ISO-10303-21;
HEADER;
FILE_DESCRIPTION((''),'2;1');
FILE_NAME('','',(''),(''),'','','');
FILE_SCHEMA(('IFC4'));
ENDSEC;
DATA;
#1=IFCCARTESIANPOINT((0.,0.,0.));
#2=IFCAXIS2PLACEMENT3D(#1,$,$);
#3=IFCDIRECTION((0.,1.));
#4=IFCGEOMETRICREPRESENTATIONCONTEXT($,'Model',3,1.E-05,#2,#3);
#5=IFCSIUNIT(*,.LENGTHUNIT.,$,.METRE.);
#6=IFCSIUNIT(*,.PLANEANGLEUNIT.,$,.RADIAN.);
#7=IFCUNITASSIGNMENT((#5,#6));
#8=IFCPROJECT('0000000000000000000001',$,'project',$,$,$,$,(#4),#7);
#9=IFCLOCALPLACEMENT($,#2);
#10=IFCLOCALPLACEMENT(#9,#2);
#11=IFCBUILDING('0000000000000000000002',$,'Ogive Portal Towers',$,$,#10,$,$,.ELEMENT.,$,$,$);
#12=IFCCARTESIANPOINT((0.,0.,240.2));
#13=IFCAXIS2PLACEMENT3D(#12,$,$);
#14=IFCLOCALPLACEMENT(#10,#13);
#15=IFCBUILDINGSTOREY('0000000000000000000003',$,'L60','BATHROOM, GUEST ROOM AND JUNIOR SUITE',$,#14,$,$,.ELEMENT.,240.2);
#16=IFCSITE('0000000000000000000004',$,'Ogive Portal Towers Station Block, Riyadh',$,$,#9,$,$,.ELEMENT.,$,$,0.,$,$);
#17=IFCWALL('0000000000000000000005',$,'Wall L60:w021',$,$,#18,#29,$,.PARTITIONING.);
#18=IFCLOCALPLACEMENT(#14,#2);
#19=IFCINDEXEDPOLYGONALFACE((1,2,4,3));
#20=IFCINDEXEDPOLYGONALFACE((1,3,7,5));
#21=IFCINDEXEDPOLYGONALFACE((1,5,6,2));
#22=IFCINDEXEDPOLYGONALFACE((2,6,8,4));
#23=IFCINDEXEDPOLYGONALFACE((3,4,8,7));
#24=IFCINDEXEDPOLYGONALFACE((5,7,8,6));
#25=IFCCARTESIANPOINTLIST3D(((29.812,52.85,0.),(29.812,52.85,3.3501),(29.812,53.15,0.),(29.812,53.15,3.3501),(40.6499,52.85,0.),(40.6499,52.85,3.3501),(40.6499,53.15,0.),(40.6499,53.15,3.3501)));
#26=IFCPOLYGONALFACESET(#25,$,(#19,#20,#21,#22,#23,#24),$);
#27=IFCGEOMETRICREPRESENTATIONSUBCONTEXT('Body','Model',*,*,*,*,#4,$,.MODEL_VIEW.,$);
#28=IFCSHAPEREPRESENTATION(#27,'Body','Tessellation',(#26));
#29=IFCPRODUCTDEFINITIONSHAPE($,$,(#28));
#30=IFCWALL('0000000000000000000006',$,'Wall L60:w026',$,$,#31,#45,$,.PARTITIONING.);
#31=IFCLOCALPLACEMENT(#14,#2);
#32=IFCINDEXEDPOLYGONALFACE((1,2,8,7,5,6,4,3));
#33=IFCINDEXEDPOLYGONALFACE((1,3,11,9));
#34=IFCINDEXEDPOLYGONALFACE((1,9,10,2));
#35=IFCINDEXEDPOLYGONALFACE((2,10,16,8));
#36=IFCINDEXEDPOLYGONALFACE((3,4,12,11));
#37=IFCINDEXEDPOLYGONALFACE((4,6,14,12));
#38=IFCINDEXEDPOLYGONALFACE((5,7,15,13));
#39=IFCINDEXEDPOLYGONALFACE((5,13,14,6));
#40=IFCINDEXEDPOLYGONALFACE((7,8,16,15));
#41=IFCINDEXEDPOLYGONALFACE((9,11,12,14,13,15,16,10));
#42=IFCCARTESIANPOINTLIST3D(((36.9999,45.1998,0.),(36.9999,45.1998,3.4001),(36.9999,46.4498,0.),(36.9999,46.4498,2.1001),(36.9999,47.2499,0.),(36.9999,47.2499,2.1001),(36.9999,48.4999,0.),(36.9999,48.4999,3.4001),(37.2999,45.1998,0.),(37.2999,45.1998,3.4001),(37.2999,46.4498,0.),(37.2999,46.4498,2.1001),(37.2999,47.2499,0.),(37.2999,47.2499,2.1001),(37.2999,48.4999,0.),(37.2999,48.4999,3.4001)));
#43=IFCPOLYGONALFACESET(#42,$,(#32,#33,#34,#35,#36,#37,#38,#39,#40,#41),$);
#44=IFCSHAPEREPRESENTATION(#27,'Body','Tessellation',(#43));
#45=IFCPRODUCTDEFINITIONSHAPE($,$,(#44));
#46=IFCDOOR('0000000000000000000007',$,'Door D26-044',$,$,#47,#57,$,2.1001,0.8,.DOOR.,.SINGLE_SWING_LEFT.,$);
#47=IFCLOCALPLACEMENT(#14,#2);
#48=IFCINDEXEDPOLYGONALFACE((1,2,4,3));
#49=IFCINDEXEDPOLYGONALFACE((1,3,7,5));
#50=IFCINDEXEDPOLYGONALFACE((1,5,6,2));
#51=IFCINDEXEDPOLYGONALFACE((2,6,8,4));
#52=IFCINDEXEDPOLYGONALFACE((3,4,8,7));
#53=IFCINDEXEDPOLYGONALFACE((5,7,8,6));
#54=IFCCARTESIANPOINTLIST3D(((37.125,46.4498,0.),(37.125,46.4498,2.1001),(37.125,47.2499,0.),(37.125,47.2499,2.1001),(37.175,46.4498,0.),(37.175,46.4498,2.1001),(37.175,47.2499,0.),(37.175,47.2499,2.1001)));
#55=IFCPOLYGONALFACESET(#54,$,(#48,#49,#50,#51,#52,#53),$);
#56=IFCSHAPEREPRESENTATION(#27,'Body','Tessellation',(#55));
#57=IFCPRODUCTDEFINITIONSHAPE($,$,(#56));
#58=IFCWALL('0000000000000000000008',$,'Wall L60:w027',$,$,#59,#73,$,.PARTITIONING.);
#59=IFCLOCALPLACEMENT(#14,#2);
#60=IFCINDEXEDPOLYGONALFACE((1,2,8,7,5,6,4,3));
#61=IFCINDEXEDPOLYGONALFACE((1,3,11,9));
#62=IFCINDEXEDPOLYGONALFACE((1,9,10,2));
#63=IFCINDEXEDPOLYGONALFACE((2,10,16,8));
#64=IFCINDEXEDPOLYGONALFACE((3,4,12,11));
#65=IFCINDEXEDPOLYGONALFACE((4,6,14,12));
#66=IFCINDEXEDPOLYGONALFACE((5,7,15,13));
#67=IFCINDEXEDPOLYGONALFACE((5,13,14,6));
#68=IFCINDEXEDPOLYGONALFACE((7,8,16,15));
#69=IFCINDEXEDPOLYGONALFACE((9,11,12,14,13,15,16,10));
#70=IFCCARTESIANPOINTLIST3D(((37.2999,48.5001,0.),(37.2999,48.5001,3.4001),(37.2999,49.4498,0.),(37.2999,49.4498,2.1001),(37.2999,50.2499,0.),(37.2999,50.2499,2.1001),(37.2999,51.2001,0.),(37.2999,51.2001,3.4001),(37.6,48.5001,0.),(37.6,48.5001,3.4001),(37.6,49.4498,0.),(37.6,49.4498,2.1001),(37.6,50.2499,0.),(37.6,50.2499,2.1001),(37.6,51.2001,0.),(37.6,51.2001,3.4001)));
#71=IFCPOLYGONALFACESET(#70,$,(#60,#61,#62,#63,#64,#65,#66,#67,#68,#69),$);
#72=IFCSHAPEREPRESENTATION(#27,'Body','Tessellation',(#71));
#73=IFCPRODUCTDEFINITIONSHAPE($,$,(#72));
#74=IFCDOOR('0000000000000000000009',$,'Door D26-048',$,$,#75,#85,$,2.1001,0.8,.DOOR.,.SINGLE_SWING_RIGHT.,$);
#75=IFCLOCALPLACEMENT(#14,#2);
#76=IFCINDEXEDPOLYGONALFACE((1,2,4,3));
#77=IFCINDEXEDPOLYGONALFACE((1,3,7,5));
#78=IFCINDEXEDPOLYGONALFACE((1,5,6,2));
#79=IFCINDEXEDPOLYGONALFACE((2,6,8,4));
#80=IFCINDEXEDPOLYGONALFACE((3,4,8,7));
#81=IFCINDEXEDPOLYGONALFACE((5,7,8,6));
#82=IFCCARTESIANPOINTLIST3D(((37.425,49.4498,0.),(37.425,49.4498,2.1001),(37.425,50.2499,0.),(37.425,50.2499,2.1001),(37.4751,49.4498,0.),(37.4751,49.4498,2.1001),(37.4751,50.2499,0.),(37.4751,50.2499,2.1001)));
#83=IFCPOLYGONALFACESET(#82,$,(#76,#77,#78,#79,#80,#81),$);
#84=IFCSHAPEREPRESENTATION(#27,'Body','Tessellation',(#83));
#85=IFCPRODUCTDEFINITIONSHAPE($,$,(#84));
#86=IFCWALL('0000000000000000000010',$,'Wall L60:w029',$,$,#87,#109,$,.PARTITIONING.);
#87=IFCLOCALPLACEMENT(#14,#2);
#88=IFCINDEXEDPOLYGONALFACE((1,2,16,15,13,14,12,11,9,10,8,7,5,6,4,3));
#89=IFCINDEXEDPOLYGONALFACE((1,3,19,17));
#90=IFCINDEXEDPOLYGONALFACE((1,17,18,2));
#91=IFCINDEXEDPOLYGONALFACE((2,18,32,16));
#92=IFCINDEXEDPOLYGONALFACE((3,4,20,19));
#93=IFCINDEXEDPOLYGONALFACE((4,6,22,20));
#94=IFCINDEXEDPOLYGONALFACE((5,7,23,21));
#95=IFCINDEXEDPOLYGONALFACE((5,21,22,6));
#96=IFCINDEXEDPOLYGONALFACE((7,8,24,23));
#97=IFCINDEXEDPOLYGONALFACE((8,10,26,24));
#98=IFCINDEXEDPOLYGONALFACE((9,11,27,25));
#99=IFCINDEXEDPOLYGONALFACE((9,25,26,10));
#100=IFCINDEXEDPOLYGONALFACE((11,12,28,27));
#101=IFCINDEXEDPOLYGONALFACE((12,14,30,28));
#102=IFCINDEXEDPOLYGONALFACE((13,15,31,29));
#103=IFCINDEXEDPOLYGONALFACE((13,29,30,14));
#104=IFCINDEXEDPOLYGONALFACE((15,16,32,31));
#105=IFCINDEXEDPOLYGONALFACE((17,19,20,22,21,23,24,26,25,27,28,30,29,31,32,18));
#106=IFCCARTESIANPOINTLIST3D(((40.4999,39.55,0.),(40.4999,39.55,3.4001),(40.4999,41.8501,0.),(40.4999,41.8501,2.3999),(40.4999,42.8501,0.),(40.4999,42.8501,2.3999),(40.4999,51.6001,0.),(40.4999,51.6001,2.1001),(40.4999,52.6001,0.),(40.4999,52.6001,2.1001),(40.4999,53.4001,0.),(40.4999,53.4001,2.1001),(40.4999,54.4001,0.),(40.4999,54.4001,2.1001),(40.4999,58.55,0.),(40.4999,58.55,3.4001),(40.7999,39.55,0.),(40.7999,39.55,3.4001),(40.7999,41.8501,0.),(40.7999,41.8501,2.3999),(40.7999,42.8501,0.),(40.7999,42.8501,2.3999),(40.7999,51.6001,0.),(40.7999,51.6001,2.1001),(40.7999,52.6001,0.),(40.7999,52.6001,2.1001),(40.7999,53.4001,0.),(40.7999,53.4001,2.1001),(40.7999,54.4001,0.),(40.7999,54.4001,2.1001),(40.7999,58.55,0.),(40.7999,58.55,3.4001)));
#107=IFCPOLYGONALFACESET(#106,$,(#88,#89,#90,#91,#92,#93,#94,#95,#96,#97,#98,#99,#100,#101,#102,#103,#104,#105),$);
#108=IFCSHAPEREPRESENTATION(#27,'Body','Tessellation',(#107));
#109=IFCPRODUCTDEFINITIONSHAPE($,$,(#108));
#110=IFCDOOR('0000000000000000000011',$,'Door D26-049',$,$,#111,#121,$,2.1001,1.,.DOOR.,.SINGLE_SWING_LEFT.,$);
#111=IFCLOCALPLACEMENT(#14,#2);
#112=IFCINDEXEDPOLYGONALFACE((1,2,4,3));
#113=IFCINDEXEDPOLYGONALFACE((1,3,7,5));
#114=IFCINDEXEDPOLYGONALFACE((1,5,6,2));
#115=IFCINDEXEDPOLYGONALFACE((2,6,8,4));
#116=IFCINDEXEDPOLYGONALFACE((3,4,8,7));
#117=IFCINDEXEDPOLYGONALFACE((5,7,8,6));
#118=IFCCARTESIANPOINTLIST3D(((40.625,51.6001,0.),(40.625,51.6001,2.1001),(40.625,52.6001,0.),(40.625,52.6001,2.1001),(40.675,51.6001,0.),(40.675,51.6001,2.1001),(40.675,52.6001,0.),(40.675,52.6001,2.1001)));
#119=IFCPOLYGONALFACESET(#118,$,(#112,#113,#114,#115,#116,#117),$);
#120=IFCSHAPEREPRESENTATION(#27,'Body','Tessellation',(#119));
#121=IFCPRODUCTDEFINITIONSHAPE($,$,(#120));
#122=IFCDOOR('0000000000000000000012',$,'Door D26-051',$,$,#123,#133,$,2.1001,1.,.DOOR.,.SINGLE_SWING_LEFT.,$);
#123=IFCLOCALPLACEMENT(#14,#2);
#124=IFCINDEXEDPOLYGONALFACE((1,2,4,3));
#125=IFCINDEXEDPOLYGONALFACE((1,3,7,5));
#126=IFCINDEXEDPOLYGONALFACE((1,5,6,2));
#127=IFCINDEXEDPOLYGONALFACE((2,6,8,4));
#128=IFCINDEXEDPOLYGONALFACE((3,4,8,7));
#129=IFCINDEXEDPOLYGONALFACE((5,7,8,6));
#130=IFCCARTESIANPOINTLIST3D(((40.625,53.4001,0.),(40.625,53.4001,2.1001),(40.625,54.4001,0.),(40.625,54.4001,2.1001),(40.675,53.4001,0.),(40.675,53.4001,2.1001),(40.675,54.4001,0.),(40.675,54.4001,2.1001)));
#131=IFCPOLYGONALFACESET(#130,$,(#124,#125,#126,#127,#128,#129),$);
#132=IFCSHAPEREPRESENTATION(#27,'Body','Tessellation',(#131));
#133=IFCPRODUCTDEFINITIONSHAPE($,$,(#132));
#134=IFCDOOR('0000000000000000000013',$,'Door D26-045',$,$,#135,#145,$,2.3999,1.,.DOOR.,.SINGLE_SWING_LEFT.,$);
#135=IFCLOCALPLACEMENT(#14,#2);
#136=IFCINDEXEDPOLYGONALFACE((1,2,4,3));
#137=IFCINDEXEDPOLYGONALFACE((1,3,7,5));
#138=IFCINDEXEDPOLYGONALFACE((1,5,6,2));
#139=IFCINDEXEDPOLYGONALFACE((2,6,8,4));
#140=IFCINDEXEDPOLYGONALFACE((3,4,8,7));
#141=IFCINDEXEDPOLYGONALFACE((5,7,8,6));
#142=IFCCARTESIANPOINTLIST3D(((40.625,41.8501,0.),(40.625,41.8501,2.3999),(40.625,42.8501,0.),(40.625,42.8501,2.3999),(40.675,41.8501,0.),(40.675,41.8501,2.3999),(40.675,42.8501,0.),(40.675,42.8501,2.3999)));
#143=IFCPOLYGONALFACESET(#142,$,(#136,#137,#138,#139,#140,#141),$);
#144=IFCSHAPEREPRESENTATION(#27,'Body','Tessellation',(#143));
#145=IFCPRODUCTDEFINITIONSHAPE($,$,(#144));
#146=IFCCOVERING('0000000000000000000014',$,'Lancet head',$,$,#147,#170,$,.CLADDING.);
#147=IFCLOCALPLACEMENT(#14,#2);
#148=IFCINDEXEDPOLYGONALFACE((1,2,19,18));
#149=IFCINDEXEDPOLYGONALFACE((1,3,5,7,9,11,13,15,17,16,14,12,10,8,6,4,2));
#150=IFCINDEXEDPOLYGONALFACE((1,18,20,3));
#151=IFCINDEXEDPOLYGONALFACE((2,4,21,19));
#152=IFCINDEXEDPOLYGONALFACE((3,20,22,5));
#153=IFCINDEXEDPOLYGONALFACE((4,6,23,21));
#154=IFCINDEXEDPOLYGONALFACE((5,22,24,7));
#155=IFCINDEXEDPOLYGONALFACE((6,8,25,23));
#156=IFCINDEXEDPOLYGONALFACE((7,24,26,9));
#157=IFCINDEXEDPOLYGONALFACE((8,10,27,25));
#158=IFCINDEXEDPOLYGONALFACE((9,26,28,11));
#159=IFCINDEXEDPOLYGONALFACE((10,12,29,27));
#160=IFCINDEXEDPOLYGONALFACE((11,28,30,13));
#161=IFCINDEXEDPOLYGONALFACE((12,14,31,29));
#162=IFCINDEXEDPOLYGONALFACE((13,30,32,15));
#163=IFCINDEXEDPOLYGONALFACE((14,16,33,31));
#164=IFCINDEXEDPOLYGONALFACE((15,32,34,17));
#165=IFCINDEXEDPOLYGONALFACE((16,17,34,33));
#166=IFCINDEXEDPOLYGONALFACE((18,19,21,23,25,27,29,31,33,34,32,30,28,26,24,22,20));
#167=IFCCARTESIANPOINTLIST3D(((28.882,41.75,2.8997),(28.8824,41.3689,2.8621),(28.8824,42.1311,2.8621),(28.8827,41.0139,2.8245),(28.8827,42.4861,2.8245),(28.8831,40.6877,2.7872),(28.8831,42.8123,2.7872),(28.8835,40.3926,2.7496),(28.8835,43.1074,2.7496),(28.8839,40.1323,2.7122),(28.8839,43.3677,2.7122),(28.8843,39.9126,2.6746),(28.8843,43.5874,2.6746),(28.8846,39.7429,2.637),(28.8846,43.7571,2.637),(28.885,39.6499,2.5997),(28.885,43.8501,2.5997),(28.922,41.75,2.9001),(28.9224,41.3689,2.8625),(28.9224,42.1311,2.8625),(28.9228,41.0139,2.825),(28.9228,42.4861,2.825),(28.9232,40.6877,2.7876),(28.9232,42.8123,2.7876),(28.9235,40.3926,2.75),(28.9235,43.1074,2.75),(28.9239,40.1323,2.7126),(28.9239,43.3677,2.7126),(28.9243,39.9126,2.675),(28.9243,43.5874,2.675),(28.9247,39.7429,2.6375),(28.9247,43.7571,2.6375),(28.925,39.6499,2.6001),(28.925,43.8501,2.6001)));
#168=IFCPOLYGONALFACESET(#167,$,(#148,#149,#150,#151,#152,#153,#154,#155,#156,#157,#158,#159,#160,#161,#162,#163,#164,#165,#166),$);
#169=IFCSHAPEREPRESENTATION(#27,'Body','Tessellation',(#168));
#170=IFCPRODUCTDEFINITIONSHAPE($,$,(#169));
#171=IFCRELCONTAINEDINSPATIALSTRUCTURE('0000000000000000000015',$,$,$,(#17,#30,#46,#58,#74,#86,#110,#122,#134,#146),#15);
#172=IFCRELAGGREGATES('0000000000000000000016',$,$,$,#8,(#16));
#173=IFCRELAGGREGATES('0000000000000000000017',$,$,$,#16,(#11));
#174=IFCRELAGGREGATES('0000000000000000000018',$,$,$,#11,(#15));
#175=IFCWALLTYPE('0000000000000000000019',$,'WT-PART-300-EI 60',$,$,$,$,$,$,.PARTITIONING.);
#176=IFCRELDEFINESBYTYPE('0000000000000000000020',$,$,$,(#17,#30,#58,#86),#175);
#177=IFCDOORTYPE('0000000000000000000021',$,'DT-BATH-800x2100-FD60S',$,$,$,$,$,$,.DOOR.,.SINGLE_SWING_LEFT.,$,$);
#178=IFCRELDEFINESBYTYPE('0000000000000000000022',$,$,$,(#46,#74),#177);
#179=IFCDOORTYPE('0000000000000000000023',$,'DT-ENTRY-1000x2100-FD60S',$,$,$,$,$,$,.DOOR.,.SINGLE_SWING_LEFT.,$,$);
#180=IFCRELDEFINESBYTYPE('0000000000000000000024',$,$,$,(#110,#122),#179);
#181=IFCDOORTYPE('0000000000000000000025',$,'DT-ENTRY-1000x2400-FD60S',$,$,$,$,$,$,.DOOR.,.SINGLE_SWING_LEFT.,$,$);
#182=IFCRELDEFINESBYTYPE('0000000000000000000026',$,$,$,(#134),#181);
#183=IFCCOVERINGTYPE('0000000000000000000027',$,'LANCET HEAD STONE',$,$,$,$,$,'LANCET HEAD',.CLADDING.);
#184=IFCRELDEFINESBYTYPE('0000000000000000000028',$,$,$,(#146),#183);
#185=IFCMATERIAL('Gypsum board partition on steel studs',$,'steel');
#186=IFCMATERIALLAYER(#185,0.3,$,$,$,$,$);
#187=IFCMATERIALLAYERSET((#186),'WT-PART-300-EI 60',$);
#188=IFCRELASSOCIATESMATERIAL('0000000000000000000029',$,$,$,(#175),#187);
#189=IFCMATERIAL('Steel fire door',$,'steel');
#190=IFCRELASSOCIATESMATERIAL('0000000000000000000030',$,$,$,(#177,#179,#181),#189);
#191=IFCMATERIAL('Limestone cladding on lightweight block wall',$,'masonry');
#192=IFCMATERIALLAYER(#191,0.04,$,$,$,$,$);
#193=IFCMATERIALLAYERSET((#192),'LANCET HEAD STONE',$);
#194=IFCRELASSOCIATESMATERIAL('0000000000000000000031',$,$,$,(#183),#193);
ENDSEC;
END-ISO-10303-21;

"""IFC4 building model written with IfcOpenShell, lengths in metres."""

from ifc_helpers import new_model, si_unit, direction, frame, frame_2d, origin, place, context, subcontext, project, spatial, polyline, rectangle, outline, extrude, material, layer, layer_set, type_object, element, fill, save


model = new_model("IFC4")

# Units and contexts
model_context = context("Model", 3, precision=1e-05, world=origin(), true_north=direction((0.0, 1.0)))
body_context = subcontext(model_context, "Body", "Model", "MODEL_VIEW")
ifc_project = project(units=[si_unit("LENGTHUNIT", "METRE"), si_unit("PLANEANGLEUNIT", "RADIAN")], contexts=[model_context])

# Site, building, storey
site_placement = place(None, origin())
site = spatial("IfcSite", under=ifc_project, at=site_placement, Name="Ogive Portal Towers Station Block, Riyadh", CompositionType="ELEMENT", RefElevation=0.0)
building_placement = place(site_placement, origin())
building = spatial("IfcBuilding", under=site, at=building_placement, Name="Ogive Portal Towers", CompositionType="ELEMENT")
storey_placement = place(building_placement, frame((0.0, 0.0, 240.2)))
storey = spatial("IfcBuildingStorey", under=building, at=storey_placement, Name="L60", Description="BATHROOM, GUEST ROOM AND JUNIOR SUITE", CompositionType="ELEMENT", Elevation=240.2)

# Shared definitions
ifc_material_1 = material(Name="Limestone cladding on lightweight block wall", Category="masonry")

# Wall
ifc_material_2 = material(Name="Gypsum board partition on steel studs", Category="steel")
ifc_layer_1 = layer(ifc_material_2, 0.3)
ifc_layer_set_1 = layer_set([ifc_layer_1], Name="WT-PART-300-EI 60")
wall_type_1 = type_object("IfcWallType", Name="WT-PART-300-EI 60", PredefinedType="PARTITIONING", material=ifc_layer_set_1)
wall_1_placement = place(storey_placement, frame((29.812, 53.0, 0.0), z_axis=(0.0, 0.0, 1.0), x_axis=(1.0, 0.0, 0.0)))
element("IfcWall", 1, at=wall_1_placement, inside=storey, type_object=wall_type_1, Name="Wall L60:w021", PredefinedType="PARTITIONING", context=body_context, shape_type="SweptSolid", body=[
    extrude(rectangle(XDim=10.8379, YDim=0.3, at=frame_2d((5.4189, 0.0))), origin(), (0.0, 0.0, 1.0), 3.3501),
])

# Walls, openings, doors
wall_2_placement = place(storey_placement, frame((37.1499, 45.2, 0.0), z_axis=(0.0, 0.0, 1.0), x_axis=(0.0, 1.0, 0.0)))
wall_2 = element("IfcWall", 2, at=wall_2_placement, inside=storey, type_object=wall_type_1, Name="Wall L60:w026", PredefinedType="PARTITIONING", context=body_context, shape_type="SweptSolid", body=[
    extrude(rectangle(XDim=3.3, YDim=0.3, at=frame_2d((1.6499, 0.0))), origin(), (0.0, 0.0, 1.0), 3.4001),
])
opening_1_placement = place(wall_2_placement, frame((1.25, 0.0, 0.0)))
opening_1 = element("IfcOpeningElement", 3, at=opening_1_placement, cuts=wall_2, PredefinedType="OPENING", context=body_context, shape_type="SweptSolid", body=[
    extrude(rectangle(XDim=0.8, YDim=2.1001, at=frame_2d((0.3999, 1.05))), frame((0.0, 0.1602, 0.0), z_axis=(0.0, -1.0, 0.0), x_axis=(1.0, 0.0, 0.0)), (0.0, 0.0, 1.0), 0.3201),
])
ifc_material_3 = material(Name="Steel fire door", Category="steel")
door_type_1 = type_object("IfcDoorType", Name="DT-BATH-800x2100-FD60S", OperationType="SINGLE_SWING_LEFT", PredefinedType="DOOR", material=ifc_material_3)
door_1_placement = place(opening_1_placement, origin())
door_1 = element("IfcDoor", 4, at=door_1_placement, inside=storey, type_object=door_type_1, Name="Door D26-044", OperationType="SINGLE_SWING_LEFT", OverallHeight=2.1001, OverallWidth=0.8, PredefinedType="DOOR", context=body_context, shape_type="SweptSolid", body=[
    extrude(rectangle(XDim=0.8, YDim=2.1001, at=frame_2d((0.3999, 1.05))), frame((0.0, 0.0249, 0.0), z_axis=(0.0, -1.0, 0.0), x_axis=(1.0, 0.0, 0.0)), (0.0, 0.0, 1.0), 0.05),
])
fill(opening_1, door_1)
wall_3_placement = place(storey_placement, frame((37.45, 48.5, 0.0), z_axis=(0.0, 0.0, 1.0), x_axis=(0.0, 1.0, 0.0)))
wall_3 = element("IfcWall", 5, at=wall_3_placement, inside=storey, type_object=wall_type_1, Name="Wall L60:w027", PredefinedType="PARTITIONING", context=body_context, shape_type="SweptSolid", body=[
    extrude(rectangle(XDim=2.7, YDim=0.3, at=frame_2d((1.3501, 0.0))), origin(), (0.0, 0.0, 1.0), 3.4001),
])
opening_2_placement = place(wall_3_placement, frame((0.95, 0.0, 0.0)))
opening_2 = element("IfcOpeningElement", 6, at=opening_2_placement, cuts=wall_3, PredefinedType="OPENING", context=body_context, shape_type="SweptSolid", body=[
    extrude(rectangle(XDim=0.8, YDim=2.1001, at=frame_2d((0.3999, 1.05))), frame((0.0, 0.1602, 0.0), z_axis=(0.0, -1.0, 0.0), x_axis=(1.0, 0.0, 0.0)), (0.0, 0.0, 1.0), 0.3201),
])
door_2_placement = place(opening_2_placement, origin())
door_2 = element("IfcDoor", 7, at=door_2_placement, inside=storey, type_object=door_type_1, Name="Door D26-048", OperationType="SINGLE_SWING_RIGHT", OverallHeight=2.1001, OverallWidth=0.8, PredefinedType="DOOR", context=body_context, shape_type="SweptSolid", body=[
    extrude(rectangle(XDim=0.8, YDim=2.1001, at=frame_2d((0.3999, 1.05))), frame((0.0, 0.0249, 0.0), z_axis=(0.0, -1.0, 0.0), x_axis=(1.0, 0.0, 0.0)), (0.0, 0.0, 1.0), 0.05),
])
fill(opening_2, door_2)

# Wall, openings, doors
wall_4_placement = place(storey_placement, frame((40.6499, 39.55, 0.0), z_axis=(0.0, 0.0, 1.0), x_axis=(0.0, 1.0, 0.0)))
wall_4 = element("IfcWall", 8, at=wall_4_placement, inside=storey, type_object=wall_type_1, Name="Wall L60:w029", PredefinedType="PARTITIONING", context=body_context, shape_type="SweptSolid", body=[
    extrude(rectangle(XDim=19.0, YDim=0.3, at=frame_2d((9.5, 0.0))), origin(), (0.0, 0.0, 1.0), 3.4001),
])
opening_3_placement = place(wall_4_placement, frame((2.3, 0.0, 0.0)))
opening_3 = element("IfcOpeningElement", 9, at=opening_3_placement, cuts=wall_4, PredefinedType="OPENING", context=body_context, shape_type="SweptSolid", body=[
    extrude(rectangle(XDim=1.0, YDim=2.3999, at=frame_2d((0.5, 1.2))), frame((0.0, 0.1602, 0.0), z_axis=(0.0, -1.0, 0.0), x_axis=(1.0, 0.0, 0.0)), (0.0, 0.0, 1.0), 0.3201),
])
opening_4_placement = place(wall_4_placement, frame((12.05, 0.0, 0.0)))
opening_4 = element("IfcOpeningElement", 10, at=opening_4_placement, cuts=wall_4, PredefinedType="OPENING", context=body_context, shape_type="SweptSolid", body=[
    extrude(rectangle(XDim=1.0, YDim=2.1001, at=frame_2d((0.5, 1.05))), frame((0.0, 0.1602, 0.0), z_axis=(0.0, -1.0, 0.0), x_axis=(1.0, 0.0, 0.0)), (0.0, 0.0, 1.0), 0.3201),
])
opening_5_placement = place(wall_4_placement, frame((13.8501, 0.0, 0.0)))
opening_5 = element("IfcOpeningElement", 11, at=opening_5_placement, cuts=wall_4, PredefinedType="OPENING", context=body_context, shape_type="SweptSolid", body=[
    extrude(rectangle(XDim=1.0, YDim=2.1001, at=frame_2d((0.5, 1.05))), frame((0.0, 0.1602, 0.0), z_axis=(0.0, -1.0, 0.0), x_axis=(1.0, 0.0, 0.0)), (0.0, 0.0, 1.0), 0.3201),
])
door_type_2 = type_object("IfcDoorType", Name="DT-ENTRY-1000x2100-FD60S", OperationType="SINGLE_SWING_LEFT", PredefinedType="DOOR", material=ifc_material_3)
door_3_placement = place(opening_4_placement, origin())
door_3 = element("IfcDoor", 12, at=door_3_placement, inside=storey, type_object=door_type_2, Name="Door D26-049", OperationType="SINGLE_SWING_LEFT", OverallHeight=2.1001, OverallWidth=1.0, PredefinedType="DOOR", context=body_context, shape_type="SweptSolid", body=[
    extrude(rectangle(XDim=1.0, YDim=2.1001, at=frame_2d((0.5, 1.05))), frame((0.0, 0.0249, 0.0), z_axis=(0.0, -1.0, 0.0), x_axis=(1.0, 0.0, 0.0)), (0.0, 0.0, 1.0), 0.05),
])
fill(opening_4, door_3)
door_4_placement = place(opening_5_placement, origin())
door_4 = element("IfcDoor", 13, at=door_4_placement, inside=storey, type_object=door_type_2, Name="Door D26-051", OperationType="SINGLE_SWING_LEFT", OverallHeight=2.1001, OverallWidth=1.0, PredefinedType="DOOR", context=body_context, shape_type="SweptSolid", body=[
    extrude(rectangle(XDim=1.0, YDim=2.1001, at=frame_2d((0.5, 1.05))), frame((0.0, 0.0249, 0.0), z_axis=(0.0, -1.0, 0.0), x_axis=(1.0, 0.0, 0.0)), (0.0, 0.0, 1.0), 0.05),
])
fill(opening_5, door_4)
door_type_3 = type_object("IfcDoorType", Name="DT-ENTRY-1000x2400-FD60S", OperationType="SINGLE_SWING_LEFT", PredefinedType="DOOR", material=ifc_material_3)
door_5_placement = place(opening_3_placement, origin())
door_5 = element("IfcDoor", 14, at=door_5_placement, inside=storey, type_object=door_type_3, Name="Door D26-045", OperationType="SINGLE_SWING_LEFT", OverallHeight=2.3999, OverallWidth=1.0, PredefinedType="DOOR", context=body_context, shape_type="SweptSolid", body=[
    extrude(rectangle(XDim=1.0, YDim=2.3999, at=frame_2d((0.5, 1.2))), frame((0.0, 0.0249, 0.0), z_axis=(0.0, -1.0, 0.0), x_axis=(1.0, 0.0, 0.0)), (0.0, 0.0, 1.0), 0.05),
])
fill(opening_3, door_5)

# Covering
ifc_layer_2 = layer(ifc_material_1, 0.04)
ifc_layer_set_2 = layer_set([ifc_layer_2], Name="LANCET HEAD STONE")
covering_type_1 = type_object("IfcCoveringType", Name="LANCET HEAD STONE", ElementType="LANCET HEAD", PredefinedType="CLADDING", material=ifc_layer_set_2)
covering_1_placement = place(storey_placement, frame((28.925, 43.8501, 2.6001), z_axis=(0.999949, 0.0, 0.010108), x_axis=(0.0, -1.0, 0.0)))
element("IfcCovering", 15, at=covering_1_placement, inside=storey, type_object=covering_type_1, Name="Lancet head", PredefinedType="CLADDING", context=body_context, shape_type="SweptSolid", body=[
    extrude(outline(polyline([(0.0, 0.0), (4.2002, 0.0), (4.1072, -0.0374), (3.9375, -0.075), (3.7178, -0.1126), (3.4575, -0.1499), (3.1624, -0.1875), (2.8362, -0.2249), (2.4812, -0.2625), (2.1001, -0.3001), (1.719, -0.2625), (1.364, -0.2249), (1.0378, -0.1875), (0.7427, -0.1499), (0.4824, -0.1126), (0.2627, -0.075), (0.093, -0.0374), (0.0, 0.0)])), origin(), (0.0, 0.0, -1.0), 0.04),
])

save(model, "model.ifc")
